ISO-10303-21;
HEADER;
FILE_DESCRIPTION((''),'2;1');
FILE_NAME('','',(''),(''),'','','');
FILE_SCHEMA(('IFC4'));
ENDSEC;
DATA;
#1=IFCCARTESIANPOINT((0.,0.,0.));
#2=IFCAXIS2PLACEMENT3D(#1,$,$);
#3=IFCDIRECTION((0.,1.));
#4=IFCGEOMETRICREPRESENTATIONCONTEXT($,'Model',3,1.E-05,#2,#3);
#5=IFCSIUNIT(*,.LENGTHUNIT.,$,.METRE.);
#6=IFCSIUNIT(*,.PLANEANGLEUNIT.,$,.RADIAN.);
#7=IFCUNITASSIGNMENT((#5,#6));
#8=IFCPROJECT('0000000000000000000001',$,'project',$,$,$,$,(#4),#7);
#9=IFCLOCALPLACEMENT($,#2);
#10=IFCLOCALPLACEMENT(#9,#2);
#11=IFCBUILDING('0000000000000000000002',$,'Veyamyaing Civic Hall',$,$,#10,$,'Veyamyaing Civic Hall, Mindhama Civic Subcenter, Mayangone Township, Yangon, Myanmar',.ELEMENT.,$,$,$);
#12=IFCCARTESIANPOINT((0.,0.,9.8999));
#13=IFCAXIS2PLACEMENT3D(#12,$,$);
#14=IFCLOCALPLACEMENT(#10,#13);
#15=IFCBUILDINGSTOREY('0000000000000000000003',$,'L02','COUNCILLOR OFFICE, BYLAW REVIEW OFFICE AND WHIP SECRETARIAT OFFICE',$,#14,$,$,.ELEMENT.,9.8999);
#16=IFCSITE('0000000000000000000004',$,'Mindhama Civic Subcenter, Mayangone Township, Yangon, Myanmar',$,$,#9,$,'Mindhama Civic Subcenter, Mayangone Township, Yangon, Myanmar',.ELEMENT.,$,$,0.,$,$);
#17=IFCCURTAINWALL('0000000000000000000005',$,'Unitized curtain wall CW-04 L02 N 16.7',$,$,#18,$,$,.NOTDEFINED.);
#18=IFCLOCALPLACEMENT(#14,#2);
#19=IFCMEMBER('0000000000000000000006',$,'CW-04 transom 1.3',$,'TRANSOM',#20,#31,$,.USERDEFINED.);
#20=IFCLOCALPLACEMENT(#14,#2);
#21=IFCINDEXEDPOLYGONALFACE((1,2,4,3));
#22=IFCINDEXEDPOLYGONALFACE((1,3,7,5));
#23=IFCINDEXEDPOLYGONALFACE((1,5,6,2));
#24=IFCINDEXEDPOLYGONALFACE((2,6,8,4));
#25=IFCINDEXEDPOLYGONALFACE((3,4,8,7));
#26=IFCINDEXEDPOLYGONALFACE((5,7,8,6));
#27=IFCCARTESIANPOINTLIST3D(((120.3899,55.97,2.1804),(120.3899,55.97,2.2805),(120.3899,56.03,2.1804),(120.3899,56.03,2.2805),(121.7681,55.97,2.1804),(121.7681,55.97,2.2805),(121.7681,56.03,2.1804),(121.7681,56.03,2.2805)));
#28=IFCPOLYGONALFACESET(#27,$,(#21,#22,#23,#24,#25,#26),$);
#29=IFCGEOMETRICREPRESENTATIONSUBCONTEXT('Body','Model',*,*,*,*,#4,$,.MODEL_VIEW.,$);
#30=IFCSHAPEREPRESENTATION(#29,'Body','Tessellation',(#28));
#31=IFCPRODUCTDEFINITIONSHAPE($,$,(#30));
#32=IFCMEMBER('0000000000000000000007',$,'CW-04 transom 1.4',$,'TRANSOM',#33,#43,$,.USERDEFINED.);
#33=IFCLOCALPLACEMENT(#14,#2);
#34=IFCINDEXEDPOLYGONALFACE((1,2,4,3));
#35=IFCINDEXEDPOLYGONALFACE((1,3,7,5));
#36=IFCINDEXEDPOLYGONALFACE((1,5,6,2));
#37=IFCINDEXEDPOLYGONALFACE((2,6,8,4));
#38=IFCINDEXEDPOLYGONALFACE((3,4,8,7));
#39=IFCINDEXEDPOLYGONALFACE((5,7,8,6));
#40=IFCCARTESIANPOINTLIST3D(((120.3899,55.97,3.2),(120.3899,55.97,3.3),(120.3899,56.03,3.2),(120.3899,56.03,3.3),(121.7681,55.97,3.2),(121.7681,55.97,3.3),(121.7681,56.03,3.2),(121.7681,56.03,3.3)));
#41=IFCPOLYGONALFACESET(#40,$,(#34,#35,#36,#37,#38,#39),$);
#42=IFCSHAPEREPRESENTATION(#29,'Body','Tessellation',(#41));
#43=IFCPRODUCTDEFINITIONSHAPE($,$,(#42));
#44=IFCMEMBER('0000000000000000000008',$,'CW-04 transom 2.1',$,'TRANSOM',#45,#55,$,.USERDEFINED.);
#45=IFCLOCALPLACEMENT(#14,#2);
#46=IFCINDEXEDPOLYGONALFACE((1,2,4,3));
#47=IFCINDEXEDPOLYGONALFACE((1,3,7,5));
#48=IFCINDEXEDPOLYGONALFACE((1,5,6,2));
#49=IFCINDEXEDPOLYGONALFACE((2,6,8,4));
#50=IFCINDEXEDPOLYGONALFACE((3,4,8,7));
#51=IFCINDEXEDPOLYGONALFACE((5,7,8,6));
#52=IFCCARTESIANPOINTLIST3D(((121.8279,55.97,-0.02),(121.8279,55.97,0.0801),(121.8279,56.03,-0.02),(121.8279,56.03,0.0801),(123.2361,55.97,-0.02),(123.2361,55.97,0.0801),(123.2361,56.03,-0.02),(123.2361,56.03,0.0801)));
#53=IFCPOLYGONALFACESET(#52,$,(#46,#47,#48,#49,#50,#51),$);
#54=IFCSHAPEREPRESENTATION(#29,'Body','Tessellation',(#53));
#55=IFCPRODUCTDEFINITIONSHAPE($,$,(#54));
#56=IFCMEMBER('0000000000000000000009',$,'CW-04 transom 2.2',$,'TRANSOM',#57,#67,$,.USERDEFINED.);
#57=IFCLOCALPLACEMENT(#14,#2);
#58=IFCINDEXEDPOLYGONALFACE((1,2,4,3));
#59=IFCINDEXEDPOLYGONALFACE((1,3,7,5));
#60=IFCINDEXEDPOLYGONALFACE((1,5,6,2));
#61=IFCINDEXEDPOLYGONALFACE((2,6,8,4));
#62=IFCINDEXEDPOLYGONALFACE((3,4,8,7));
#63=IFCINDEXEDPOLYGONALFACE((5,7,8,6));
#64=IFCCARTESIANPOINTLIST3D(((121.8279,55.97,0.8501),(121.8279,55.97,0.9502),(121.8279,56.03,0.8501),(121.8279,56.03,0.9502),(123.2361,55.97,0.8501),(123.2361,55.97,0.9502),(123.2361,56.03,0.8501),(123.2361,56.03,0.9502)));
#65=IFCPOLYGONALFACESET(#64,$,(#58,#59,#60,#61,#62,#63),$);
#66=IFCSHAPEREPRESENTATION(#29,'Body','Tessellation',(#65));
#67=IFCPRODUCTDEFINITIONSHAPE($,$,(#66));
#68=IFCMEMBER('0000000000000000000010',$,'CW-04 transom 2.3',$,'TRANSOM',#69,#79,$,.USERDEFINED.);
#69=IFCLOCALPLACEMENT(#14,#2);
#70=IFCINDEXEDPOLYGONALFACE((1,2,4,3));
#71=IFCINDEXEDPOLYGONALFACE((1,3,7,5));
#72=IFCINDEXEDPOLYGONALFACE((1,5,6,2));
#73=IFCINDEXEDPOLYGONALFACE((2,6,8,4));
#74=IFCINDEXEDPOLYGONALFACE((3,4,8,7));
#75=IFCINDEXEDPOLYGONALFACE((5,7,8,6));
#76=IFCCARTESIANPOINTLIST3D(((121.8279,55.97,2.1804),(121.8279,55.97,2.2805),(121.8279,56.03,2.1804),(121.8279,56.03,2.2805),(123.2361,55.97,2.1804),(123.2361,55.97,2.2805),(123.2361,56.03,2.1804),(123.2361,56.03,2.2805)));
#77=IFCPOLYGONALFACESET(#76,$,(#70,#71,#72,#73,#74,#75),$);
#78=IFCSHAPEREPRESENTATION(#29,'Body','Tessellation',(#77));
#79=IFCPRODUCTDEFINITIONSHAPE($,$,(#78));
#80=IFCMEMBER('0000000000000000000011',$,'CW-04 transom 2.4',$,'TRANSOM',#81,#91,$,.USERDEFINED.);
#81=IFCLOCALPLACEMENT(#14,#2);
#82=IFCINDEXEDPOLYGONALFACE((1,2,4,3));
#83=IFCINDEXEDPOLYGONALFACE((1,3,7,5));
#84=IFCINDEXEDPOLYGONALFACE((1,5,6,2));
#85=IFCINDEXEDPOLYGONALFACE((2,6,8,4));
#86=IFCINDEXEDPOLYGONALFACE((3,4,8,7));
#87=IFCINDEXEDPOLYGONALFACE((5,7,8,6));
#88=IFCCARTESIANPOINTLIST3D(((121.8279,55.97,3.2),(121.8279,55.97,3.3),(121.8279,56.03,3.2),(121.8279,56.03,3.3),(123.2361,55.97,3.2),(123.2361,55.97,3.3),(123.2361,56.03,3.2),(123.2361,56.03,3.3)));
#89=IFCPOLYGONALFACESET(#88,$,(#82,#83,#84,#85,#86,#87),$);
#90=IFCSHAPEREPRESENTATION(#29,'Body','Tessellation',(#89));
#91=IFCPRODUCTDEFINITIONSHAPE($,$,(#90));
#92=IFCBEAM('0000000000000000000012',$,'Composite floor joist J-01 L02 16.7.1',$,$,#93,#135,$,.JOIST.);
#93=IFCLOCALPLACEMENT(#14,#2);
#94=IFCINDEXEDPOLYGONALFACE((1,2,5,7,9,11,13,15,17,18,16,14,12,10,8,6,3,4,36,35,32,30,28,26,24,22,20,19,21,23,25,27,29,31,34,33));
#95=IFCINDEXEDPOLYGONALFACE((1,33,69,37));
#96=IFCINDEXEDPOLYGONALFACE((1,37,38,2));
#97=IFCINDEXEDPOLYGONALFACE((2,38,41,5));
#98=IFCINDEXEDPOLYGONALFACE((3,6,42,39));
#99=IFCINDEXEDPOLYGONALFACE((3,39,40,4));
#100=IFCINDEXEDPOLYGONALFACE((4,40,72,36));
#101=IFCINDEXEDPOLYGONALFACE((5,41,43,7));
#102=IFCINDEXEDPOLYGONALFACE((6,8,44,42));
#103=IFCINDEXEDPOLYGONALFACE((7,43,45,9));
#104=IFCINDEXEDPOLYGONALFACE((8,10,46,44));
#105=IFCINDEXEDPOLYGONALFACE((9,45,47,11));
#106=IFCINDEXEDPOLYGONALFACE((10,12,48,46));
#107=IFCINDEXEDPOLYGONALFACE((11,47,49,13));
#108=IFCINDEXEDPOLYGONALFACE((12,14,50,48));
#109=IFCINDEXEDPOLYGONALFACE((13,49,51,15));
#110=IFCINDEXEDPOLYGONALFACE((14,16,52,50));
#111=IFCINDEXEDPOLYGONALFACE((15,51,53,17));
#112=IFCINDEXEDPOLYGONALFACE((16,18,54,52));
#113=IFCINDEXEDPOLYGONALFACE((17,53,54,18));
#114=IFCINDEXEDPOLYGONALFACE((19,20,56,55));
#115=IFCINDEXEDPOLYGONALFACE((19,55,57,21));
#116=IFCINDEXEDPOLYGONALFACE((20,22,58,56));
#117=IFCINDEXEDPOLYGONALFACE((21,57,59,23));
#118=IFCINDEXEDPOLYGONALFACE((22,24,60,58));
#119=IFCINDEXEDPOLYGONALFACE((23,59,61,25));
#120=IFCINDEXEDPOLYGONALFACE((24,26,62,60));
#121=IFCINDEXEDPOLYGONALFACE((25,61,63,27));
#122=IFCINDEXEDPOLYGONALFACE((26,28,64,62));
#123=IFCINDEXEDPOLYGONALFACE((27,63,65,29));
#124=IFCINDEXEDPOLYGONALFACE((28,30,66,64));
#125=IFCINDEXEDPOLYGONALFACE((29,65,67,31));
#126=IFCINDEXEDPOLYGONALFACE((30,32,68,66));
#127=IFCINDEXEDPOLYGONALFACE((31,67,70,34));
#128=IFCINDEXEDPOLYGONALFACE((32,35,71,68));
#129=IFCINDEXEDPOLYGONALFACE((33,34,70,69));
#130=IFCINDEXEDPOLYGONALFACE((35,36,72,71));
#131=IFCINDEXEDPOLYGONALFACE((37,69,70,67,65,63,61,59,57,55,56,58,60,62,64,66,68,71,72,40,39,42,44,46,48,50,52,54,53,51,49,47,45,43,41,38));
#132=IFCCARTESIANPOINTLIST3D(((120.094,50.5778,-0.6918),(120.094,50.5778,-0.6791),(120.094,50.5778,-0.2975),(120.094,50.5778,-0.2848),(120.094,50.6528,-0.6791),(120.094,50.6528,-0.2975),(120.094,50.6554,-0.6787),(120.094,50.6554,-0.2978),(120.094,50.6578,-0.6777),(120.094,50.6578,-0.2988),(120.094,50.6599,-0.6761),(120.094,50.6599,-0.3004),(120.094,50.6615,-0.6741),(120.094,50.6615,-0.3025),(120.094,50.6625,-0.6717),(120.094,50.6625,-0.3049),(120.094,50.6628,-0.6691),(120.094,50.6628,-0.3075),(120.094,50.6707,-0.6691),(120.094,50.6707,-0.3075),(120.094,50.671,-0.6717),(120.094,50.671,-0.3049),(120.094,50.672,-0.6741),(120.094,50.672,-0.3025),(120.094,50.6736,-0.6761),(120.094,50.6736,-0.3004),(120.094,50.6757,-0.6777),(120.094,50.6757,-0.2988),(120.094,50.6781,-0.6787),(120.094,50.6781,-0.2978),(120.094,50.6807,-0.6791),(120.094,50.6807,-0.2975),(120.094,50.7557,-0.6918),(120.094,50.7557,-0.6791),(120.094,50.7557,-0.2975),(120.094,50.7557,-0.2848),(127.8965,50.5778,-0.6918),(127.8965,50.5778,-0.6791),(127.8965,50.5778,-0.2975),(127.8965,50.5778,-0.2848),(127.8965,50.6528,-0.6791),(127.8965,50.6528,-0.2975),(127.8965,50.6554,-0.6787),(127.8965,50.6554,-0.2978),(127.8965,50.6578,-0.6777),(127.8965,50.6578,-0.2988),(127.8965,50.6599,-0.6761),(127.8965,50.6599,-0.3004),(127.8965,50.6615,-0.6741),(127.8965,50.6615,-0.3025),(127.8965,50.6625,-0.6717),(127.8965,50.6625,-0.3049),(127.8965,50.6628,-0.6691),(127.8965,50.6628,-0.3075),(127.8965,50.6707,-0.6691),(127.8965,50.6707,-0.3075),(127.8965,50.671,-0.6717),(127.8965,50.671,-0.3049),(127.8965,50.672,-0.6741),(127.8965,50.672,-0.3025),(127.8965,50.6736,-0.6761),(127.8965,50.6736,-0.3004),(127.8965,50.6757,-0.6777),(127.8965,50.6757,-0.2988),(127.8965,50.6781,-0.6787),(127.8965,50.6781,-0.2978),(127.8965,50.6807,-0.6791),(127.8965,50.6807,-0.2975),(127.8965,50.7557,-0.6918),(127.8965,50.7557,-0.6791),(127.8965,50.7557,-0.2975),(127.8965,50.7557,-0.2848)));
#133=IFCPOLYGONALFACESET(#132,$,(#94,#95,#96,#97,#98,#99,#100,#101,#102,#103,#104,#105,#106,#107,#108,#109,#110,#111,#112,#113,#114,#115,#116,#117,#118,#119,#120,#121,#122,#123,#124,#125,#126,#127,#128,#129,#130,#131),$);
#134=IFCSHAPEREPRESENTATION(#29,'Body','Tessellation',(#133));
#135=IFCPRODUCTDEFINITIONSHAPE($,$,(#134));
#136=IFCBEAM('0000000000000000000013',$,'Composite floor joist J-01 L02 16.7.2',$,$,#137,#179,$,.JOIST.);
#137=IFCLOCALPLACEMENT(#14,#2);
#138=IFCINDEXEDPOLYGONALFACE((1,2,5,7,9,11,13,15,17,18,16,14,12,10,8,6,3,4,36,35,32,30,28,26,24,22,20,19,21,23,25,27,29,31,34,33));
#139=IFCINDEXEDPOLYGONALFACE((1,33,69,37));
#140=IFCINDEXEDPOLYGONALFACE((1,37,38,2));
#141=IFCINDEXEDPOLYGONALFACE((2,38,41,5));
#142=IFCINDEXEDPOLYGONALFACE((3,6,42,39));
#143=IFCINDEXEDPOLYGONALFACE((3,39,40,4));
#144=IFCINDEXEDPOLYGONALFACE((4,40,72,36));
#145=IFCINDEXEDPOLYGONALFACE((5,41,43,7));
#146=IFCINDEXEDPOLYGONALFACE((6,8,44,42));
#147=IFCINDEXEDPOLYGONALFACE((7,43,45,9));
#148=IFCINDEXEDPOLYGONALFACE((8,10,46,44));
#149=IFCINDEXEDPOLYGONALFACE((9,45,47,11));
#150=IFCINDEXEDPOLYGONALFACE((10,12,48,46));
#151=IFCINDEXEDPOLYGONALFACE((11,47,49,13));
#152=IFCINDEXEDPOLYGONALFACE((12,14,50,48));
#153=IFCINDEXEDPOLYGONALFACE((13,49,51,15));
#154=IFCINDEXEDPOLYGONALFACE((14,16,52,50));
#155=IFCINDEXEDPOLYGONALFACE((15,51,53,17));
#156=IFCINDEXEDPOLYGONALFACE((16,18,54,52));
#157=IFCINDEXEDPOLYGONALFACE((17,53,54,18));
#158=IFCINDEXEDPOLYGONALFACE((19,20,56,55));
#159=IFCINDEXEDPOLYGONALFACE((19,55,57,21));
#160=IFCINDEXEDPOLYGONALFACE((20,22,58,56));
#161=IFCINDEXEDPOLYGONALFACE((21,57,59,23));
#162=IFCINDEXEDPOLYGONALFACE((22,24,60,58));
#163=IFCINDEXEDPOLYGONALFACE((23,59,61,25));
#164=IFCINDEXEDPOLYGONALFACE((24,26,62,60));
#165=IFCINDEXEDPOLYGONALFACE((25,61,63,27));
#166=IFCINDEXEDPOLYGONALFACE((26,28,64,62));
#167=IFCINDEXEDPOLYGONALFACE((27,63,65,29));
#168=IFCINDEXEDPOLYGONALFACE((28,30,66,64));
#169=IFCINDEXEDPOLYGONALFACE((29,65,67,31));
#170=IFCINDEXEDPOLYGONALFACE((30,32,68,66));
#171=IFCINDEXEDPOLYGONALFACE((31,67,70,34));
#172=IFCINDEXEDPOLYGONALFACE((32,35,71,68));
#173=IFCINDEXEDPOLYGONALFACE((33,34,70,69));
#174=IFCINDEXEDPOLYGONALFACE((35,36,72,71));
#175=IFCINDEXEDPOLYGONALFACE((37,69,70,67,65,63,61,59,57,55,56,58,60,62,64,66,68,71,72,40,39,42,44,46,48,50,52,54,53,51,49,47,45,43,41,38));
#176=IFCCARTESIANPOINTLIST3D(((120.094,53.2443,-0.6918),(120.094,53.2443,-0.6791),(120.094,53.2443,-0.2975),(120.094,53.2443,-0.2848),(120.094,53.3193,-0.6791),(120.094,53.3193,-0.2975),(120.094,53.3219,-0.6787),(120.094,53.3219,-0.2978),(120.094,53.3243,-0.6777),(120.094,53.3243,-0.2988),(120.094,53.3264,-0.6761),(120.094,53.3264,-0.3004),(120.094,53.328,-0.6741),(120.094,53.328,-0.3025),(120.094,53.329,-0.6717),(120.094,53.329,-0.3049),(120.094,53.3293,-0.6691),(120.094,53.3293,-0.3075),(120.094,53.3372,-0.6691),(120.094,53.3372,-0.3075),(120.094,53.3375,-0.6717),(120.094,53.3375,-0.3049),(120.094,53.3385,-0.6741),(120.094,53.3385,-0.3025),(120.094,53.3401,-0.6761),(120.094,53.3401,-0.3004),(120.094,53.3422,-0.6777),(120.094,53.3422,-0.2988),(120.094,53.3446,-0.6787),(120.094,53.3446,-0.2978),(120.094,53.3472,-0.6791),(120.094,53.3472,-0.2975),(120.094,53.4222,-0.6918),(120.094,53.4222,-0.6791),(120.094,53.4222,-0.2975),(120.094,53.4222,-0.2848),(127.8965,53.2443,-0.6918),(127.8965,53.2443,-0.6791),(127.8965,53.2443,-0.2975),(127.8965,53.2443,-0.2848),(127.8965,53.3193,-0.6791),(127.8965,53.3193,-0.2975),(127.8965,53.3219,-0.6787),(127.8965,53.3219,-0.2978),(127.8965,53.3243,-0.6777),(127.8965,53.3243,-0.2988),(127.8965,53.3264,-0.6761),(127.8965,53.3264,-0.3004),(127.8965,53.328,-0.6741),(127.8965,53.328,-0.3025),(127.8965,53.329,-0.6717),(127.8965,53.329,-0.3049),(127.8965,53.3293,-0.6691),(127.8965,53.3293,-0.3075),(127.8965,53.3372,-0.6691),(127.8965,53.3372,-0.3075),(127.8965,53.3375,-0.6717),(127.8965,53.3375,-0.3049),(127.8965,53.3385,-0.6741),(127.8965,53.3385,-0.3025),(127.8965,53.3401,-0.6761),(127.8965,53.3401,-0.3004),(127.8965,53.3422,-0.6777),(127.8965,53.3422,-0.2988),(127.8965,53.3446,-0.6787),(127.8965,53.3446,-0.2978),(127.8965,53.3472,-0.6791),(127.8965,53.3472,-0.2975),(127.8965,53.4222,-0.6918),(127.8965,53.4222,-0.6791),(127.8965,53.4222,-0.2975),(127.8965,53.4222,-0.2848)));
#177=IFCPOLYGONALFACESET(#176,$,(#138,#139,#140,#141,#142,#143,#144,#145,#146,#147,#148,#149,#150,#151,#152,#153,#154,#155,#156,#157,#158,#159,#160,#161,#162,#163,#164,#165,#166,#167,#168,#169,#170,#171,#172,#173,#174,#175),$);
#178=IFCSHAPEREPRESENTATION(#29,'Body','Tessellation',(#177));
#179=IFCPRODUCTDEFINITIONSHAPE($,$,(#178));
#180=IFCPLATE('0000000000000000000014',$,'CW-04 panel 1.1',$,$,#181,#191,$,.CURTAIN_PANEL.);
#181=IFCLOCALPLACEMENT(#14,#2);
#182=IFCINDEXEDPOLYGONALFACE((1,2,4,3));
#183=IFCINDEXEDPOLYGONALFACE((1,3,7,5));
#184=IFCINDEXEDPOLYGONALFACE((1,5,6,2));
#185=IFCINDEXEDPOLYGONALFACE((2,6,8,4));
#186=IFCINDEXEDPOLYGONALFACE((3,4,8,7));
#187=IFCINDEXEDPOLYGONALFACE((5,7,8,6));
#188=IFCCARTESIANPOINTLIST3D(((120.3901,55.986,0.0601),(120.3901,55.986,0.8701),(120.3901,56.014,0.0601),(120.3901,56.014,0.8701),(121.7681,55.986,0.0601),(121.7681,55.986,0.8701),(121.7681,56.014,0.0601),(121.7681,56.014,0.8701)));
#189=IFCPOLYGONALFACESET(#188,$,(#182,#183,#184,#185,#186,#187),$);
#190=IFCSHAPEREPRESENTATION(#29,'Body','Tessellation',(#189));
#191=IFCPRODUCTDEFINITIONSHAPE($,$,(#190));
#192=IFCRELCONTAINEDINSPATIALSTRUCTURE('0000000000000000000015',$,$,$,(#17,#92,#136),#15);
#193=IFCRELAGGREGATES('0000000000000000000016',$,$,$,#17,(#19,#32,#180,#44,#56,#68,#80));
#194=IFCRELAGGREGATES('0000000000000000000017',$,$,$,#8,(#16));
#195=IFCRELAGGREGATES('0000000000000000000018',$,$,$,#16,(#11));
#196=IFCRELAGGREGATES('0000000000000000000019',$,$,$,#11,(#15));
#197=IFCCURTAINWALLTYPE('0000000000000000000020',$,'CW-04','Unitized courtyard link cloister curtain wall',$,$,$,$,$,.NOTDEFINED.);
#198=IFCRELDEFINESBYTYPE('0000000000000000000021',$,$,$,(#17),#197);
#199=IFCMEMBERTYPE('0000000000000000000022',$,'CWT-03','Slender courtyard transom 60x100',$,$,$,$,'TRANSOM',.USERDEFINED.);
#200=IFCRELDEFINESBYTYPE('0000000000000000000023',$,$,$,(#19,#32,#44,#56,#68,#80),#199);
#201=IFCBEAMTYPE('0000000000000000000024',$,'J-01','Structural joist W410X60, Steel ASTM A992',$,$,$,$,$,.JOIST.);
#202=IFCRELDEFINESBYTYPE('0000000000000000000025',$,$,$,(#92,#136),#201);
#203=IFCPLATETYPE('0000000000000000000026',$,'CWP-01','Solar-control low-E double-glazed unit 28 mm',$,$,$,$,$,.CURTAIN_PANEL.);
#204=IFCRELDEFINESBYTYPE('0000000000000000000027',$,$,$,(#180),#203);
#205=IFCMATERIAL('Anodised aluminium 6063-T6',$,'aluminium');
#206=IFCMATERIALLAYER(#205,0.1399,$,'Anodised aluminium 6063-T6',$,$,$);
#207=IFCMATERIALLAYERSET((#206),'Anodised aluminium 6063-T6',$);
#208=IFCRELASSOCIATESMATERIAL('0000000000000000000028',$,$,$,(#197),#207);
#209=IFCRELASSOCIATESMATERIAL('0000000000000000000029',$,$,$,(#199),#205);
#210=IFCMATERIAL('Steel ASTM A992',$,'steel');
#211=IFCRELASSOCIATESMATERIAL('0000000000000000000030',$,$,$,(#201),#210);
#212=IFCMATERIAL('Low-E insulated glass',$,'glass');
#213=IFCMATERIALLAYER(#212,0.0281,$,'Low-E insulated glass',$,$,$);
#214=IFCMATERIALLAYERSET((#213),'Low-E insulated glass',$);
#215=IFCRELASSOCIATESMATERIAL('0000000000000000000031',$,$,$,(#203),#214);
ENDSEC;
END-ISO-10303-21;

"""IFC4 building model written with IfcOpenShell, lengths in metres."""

from ifc_helpers import new_model, si_unit, direction, frame, origin, origin_2d, place, context, subcontext, project, spatial, rectangle, i_section, extrude, material, layer, layer_set, material_profile, profile_set, type_object, element, aggregate, save


model = new_model("IFC4")

# Units and contexts
model_context = context("Model", 3, precision=1e-05, world=origin(), true_north=direction((0.0, 1.0)))
body_context = subcontext(model_context, "Body", "Model", "MODEL_VIEW")
ifc_project = project(units=[si_unit("LENGTHUNIT", "METRE"), si_unit("PLANEANGLEUNIT", "RADIAN")], contexts=[model_context])

# Site, building, storey
site_placement = place(None, origin())
site = spatial("IfcSite", under=ifc_project, at=site_placement, Name="Mindhama Civic Subcenter, Mayangone Township, Yangon, Myanmar", LongName="Mindhama Civic Subcenter, Mayangone Township, Yangon, Myanmar", CompositionType="ELEMENT", RefElevation=0.0)
building_placement = place(site_placement, origin())
building = spatial("IfcBuilding", under=site, at=building_placement, Name="Veyamyaing Civic Hall", LongName="Veyamyaing Civic Hall, Mindhama Civic Subcenter, Mayangone Township, Yangon, Myanmar", CompositionType="ELEMENT")
storey_placement = place(building_placement, frame((0.0, 0.0, 9.8999)))
storey = spatial("IfcBuildingStorey", under=building, at=storey_placement, Name="L02", Description="COUNCILLOR OFFICE, BYLAW REVIEW OFFICE AND WHIP SECRETARIAT OFFICE", CompositionType="ELEMENT", Elevation=9.8999)

# Shared definitions
ifc_material_1 = material(Name="Steel ASTM A992", Category="steel")

# Curtain wall
ifc_material_2 = material(Name="Anodised aluminium 6063-T6", Category="aluminium")
ifc_layer_1 = layer(ifc_material_2, 0.1399, Name="Anodised aluminium 6063-T6")
ifc_layer_set_1 = layer_set([ifc_layer_1], Name="Anodised aluminium 6063-T6")
curtain_wall_type = type_object("IfcCurtainWallType", Name="CW-04", Description="Unitized courtyard link cloister curtain wall", PredefinedType="NOTDEFINED", material=ifc_layer_set_1)
curtain_wall_1_placement = place(storey_placement, origin())
curtain_wall_1 = element("IfcCurtainWall", 1, at=curtain_wall_1_placement, inside=storey, type_object=curtain_wall_type, Name="Unitized curtain wall CW-04 L02 N 16.7", PredefinedType="NOTDEFINED")

# Shared definitions
ifc_material_profile_1 = material_profile(ifc_material_2, rectangle(XDim=0.0601, YDim=0.1001, at=origin_2d()), Name="ALU-TRN-60X100")
ifc_profile_set_1 = profile_set([ifc_material_profile_1], Name="Anodised aluminium 6063-T6")
member_type_1 = type_object("IfcMemberType", Name="CWT-03", Description="Slender courtyard transom 60x100", ElementType="TRANSOM", PredefinedType="USERDEFINED", material=ifc_profile_set_1)

# Members
member_1_placement = place(storey_placement, frame((120.3899, 56.0, 2.2305), z_axis=(1.0, 0.0, 0.0), x_axis=(0.0, 1.0, 0.0)))
member_1 = element("IfcMember", 2, at=member_1_placement, type_object=member_type_1, Name="CW-04 transom 1.3", ObjectType="TRANSOM", PredefinedType="USERDEFINED", context=body_context, shape_type="SweptSolid", body=[
    extrude(rectangle(XDim=0.0601, YDim=0.1001, at=origin_2d()), origin(), (0.0, 0.0, 1.0), 1.3782),
])
member_2_placement = place(storey_placement, frame((120.3899, 56.0, 3.25), z_axis=(1.0, 0.0, 0.0), x_axis=(0.0, 1.0, 0.0)))
member_2 = element("IfcMember", 3, at=member_2_placement, type_object=member_type_1, Name="CW-04 transom 1.4", ObjectType="TRANSOM", PredefinedType="USERDEFINED", context=body_context, shape_type="SweptSolid", body=[
    extrude(rectangle(XDim=0.0601, YDim=0.1001, at=origin_2d()), origin(), (0.0, 0.0, 1.0), 1.3782),
])
member_3_placement = place(storey_placement, frame((121.8279, 56.0, 0.03), z_axis=(1.0, 0.0, 0.0), x_axis=(0.0, 1.0, 0.0)))
member_3 = element("IfcMember", 4, at=member_3_placement, type_object=member_type_1, Name="CW-04 transom 2.1", ObjectType="TRANSOM", PredefinedType="USERDEFINED", context=body_context, shape_type="SweptSolid", body=[
    extrude(rectangle(XDim=0.0601, YDim=0.1001, at=origin_2d()), origin(), (0.0, 0.0, 1.0), 1.4082),
])
member_4_placement = place(storey_placement, frame((121.8279, 56.0, 0.9001), z_axis=(1.0, 0.0, 0.0), x_axis=(0.0, 1.0, 0.0)))
member_4 = element("IfcMember", 5, at=member_4_placement, type_object=member_type_1, Name="CW-04 transom 2.2", ObjectType="TRANSOM", PredefinedType="USERDEFINED", context=body_context, shape_type="SweptSolid", body=[
    extrude(rectangle(XDim=0.0601, YDim=0.1001, at=origin_2d()), origin(), (0.0, 0.0, 1.0), 1.4082),
])
member_5_placement = place(storey_placement, frame((121.8279, 56.0, 2.2305), z_axis=(1.0, 0.0, 0.0), x_axis=(0.0, 1.0, 0.0)))
member_5 = element("IfcMember", 6, at=member_5_placement, type_object=member_type_1, Name="CW-04 transom 2.3", ObjectType="TRANSOM", PredefinedType="USERDEFINED", context=body_context, shape_type="SweptSolid", body=[
    extrude(rectangle(XDim=0.0601, YDim=0.1001, at=origin_2d()), origin(), (0.0, 0.0, 1.0), 1.4082),
])
member_6_placement = place(storey_placement, frame((121.8279, 56.0, 3.25), z_axis=(1.0, 0.0, 0.0), x_axis=(0.0, 1.0, 0.0)))
member_6 = element("IfcMember", 7, at=member_6_placement, type_object=member_type_1, Name="CW-04 transom 2.4", ObjectType="TRANSOM", PredefinedType="USERDEFINED", context=body_context, shape_type="SweptSolid", body=[
    extrude(rectangle(XDim=0.0601, YDim=0.1001, at=origin_2d()), origin(), (0.0, 0.0, 1.0), 1.4082),
])

# Beams
ifc_material_profile_2 = material_profile(ifc_material_1, i_section(OverallWidth=0.178, OverallDepth=0.407, WebThickness=0.0078, FlangeThickness=0.0127, FilletRadius=0.01, at=origin_2d()), Name="W410X60")
ifc_profile_set_2 = profile_set([ifc_material_profile_2], Name="Steel ASTM A992")
beam_type_1 = type_object("IfcBeamType", Name="J-01", Description="Structural joist W410X60, Steel ASTM A992", PredefinedType="JOIST", material=ifc_profile_set_2)
for number, where, z_axis, x_axis, name in (
    (8, (120.094, 50.6667, -0.4883), (1.0, 0.0, 0.0), (0.0, 1.0, 0.0), "Composite floor joist J-01 L02 16.7.1"),
    (9, (120.094, 53.3333, -0.4883), (1.0, 0.0, 0.0), (0.0, 1.0, 0.0), "Composite floor joist J-01 L02 16.7.2"),
):
    element("IfcBeam", number, at=place(storey_placement, frame(where, z_axis=z_axis, x_axis=x_axis)), inside=storey, type_object=beam_type_1, Name=name, PredefinedType="JOIST", context=body_context, shape_type="SweptSolid", body=[
        extrude(i_section(OverallWidth=0.178, OverallDepth=0.407, WebThickness=0.0078, FlangeThickness=0.0127, FilletRadius=0.01, at=origin_2d()), origin(), (0.0, 0.0, 1.0), 7.8025),
    ])

# Plate
ifc_material_3 = material(Name="Low-E insulated glass", Category="glass")
ifc_layer_2 = layer(ifc_material_3, 0.0281, Name="Low-E insulated glass")
ifc_layer_set_2 = layer_set([ifc_layer_2], Name="Low-E insulated glass")
plate_type = type_object("IfcPlateType", Name="CWP-01", Description="Solar-control low-E double-glazed unit 28 mm", PredefinedType="CURTAIN_PANEL", material=ifc_layer_set_2)
plate_1_placement = place(storey_placement, frame((121.0791, 56.0, 0.0601), z_axis=(0.0, 0.0, 1.0), x_axis=(1.0, 0.0, 0.0)))
plate_1 = element("IfcPlate", 10, at=plate_1_placement, type_object=plate_type, Name="CW-04 panel 1.1", PredefinedType="CURTAIN_PANEL", context=body_context, shape_type="SweptSolid", body=[
    extrude(rectangle(XDim=1.3779, YDim=0.0281, at=origin_2d()), origin(), (0.0, 0.0, 1.0), 0.8101),
])
aggregate(curtain_wall_1, [member_1, member_2, plate_1, member_3, member_4, member_5, member_6])

save(model, "model.ifc")
